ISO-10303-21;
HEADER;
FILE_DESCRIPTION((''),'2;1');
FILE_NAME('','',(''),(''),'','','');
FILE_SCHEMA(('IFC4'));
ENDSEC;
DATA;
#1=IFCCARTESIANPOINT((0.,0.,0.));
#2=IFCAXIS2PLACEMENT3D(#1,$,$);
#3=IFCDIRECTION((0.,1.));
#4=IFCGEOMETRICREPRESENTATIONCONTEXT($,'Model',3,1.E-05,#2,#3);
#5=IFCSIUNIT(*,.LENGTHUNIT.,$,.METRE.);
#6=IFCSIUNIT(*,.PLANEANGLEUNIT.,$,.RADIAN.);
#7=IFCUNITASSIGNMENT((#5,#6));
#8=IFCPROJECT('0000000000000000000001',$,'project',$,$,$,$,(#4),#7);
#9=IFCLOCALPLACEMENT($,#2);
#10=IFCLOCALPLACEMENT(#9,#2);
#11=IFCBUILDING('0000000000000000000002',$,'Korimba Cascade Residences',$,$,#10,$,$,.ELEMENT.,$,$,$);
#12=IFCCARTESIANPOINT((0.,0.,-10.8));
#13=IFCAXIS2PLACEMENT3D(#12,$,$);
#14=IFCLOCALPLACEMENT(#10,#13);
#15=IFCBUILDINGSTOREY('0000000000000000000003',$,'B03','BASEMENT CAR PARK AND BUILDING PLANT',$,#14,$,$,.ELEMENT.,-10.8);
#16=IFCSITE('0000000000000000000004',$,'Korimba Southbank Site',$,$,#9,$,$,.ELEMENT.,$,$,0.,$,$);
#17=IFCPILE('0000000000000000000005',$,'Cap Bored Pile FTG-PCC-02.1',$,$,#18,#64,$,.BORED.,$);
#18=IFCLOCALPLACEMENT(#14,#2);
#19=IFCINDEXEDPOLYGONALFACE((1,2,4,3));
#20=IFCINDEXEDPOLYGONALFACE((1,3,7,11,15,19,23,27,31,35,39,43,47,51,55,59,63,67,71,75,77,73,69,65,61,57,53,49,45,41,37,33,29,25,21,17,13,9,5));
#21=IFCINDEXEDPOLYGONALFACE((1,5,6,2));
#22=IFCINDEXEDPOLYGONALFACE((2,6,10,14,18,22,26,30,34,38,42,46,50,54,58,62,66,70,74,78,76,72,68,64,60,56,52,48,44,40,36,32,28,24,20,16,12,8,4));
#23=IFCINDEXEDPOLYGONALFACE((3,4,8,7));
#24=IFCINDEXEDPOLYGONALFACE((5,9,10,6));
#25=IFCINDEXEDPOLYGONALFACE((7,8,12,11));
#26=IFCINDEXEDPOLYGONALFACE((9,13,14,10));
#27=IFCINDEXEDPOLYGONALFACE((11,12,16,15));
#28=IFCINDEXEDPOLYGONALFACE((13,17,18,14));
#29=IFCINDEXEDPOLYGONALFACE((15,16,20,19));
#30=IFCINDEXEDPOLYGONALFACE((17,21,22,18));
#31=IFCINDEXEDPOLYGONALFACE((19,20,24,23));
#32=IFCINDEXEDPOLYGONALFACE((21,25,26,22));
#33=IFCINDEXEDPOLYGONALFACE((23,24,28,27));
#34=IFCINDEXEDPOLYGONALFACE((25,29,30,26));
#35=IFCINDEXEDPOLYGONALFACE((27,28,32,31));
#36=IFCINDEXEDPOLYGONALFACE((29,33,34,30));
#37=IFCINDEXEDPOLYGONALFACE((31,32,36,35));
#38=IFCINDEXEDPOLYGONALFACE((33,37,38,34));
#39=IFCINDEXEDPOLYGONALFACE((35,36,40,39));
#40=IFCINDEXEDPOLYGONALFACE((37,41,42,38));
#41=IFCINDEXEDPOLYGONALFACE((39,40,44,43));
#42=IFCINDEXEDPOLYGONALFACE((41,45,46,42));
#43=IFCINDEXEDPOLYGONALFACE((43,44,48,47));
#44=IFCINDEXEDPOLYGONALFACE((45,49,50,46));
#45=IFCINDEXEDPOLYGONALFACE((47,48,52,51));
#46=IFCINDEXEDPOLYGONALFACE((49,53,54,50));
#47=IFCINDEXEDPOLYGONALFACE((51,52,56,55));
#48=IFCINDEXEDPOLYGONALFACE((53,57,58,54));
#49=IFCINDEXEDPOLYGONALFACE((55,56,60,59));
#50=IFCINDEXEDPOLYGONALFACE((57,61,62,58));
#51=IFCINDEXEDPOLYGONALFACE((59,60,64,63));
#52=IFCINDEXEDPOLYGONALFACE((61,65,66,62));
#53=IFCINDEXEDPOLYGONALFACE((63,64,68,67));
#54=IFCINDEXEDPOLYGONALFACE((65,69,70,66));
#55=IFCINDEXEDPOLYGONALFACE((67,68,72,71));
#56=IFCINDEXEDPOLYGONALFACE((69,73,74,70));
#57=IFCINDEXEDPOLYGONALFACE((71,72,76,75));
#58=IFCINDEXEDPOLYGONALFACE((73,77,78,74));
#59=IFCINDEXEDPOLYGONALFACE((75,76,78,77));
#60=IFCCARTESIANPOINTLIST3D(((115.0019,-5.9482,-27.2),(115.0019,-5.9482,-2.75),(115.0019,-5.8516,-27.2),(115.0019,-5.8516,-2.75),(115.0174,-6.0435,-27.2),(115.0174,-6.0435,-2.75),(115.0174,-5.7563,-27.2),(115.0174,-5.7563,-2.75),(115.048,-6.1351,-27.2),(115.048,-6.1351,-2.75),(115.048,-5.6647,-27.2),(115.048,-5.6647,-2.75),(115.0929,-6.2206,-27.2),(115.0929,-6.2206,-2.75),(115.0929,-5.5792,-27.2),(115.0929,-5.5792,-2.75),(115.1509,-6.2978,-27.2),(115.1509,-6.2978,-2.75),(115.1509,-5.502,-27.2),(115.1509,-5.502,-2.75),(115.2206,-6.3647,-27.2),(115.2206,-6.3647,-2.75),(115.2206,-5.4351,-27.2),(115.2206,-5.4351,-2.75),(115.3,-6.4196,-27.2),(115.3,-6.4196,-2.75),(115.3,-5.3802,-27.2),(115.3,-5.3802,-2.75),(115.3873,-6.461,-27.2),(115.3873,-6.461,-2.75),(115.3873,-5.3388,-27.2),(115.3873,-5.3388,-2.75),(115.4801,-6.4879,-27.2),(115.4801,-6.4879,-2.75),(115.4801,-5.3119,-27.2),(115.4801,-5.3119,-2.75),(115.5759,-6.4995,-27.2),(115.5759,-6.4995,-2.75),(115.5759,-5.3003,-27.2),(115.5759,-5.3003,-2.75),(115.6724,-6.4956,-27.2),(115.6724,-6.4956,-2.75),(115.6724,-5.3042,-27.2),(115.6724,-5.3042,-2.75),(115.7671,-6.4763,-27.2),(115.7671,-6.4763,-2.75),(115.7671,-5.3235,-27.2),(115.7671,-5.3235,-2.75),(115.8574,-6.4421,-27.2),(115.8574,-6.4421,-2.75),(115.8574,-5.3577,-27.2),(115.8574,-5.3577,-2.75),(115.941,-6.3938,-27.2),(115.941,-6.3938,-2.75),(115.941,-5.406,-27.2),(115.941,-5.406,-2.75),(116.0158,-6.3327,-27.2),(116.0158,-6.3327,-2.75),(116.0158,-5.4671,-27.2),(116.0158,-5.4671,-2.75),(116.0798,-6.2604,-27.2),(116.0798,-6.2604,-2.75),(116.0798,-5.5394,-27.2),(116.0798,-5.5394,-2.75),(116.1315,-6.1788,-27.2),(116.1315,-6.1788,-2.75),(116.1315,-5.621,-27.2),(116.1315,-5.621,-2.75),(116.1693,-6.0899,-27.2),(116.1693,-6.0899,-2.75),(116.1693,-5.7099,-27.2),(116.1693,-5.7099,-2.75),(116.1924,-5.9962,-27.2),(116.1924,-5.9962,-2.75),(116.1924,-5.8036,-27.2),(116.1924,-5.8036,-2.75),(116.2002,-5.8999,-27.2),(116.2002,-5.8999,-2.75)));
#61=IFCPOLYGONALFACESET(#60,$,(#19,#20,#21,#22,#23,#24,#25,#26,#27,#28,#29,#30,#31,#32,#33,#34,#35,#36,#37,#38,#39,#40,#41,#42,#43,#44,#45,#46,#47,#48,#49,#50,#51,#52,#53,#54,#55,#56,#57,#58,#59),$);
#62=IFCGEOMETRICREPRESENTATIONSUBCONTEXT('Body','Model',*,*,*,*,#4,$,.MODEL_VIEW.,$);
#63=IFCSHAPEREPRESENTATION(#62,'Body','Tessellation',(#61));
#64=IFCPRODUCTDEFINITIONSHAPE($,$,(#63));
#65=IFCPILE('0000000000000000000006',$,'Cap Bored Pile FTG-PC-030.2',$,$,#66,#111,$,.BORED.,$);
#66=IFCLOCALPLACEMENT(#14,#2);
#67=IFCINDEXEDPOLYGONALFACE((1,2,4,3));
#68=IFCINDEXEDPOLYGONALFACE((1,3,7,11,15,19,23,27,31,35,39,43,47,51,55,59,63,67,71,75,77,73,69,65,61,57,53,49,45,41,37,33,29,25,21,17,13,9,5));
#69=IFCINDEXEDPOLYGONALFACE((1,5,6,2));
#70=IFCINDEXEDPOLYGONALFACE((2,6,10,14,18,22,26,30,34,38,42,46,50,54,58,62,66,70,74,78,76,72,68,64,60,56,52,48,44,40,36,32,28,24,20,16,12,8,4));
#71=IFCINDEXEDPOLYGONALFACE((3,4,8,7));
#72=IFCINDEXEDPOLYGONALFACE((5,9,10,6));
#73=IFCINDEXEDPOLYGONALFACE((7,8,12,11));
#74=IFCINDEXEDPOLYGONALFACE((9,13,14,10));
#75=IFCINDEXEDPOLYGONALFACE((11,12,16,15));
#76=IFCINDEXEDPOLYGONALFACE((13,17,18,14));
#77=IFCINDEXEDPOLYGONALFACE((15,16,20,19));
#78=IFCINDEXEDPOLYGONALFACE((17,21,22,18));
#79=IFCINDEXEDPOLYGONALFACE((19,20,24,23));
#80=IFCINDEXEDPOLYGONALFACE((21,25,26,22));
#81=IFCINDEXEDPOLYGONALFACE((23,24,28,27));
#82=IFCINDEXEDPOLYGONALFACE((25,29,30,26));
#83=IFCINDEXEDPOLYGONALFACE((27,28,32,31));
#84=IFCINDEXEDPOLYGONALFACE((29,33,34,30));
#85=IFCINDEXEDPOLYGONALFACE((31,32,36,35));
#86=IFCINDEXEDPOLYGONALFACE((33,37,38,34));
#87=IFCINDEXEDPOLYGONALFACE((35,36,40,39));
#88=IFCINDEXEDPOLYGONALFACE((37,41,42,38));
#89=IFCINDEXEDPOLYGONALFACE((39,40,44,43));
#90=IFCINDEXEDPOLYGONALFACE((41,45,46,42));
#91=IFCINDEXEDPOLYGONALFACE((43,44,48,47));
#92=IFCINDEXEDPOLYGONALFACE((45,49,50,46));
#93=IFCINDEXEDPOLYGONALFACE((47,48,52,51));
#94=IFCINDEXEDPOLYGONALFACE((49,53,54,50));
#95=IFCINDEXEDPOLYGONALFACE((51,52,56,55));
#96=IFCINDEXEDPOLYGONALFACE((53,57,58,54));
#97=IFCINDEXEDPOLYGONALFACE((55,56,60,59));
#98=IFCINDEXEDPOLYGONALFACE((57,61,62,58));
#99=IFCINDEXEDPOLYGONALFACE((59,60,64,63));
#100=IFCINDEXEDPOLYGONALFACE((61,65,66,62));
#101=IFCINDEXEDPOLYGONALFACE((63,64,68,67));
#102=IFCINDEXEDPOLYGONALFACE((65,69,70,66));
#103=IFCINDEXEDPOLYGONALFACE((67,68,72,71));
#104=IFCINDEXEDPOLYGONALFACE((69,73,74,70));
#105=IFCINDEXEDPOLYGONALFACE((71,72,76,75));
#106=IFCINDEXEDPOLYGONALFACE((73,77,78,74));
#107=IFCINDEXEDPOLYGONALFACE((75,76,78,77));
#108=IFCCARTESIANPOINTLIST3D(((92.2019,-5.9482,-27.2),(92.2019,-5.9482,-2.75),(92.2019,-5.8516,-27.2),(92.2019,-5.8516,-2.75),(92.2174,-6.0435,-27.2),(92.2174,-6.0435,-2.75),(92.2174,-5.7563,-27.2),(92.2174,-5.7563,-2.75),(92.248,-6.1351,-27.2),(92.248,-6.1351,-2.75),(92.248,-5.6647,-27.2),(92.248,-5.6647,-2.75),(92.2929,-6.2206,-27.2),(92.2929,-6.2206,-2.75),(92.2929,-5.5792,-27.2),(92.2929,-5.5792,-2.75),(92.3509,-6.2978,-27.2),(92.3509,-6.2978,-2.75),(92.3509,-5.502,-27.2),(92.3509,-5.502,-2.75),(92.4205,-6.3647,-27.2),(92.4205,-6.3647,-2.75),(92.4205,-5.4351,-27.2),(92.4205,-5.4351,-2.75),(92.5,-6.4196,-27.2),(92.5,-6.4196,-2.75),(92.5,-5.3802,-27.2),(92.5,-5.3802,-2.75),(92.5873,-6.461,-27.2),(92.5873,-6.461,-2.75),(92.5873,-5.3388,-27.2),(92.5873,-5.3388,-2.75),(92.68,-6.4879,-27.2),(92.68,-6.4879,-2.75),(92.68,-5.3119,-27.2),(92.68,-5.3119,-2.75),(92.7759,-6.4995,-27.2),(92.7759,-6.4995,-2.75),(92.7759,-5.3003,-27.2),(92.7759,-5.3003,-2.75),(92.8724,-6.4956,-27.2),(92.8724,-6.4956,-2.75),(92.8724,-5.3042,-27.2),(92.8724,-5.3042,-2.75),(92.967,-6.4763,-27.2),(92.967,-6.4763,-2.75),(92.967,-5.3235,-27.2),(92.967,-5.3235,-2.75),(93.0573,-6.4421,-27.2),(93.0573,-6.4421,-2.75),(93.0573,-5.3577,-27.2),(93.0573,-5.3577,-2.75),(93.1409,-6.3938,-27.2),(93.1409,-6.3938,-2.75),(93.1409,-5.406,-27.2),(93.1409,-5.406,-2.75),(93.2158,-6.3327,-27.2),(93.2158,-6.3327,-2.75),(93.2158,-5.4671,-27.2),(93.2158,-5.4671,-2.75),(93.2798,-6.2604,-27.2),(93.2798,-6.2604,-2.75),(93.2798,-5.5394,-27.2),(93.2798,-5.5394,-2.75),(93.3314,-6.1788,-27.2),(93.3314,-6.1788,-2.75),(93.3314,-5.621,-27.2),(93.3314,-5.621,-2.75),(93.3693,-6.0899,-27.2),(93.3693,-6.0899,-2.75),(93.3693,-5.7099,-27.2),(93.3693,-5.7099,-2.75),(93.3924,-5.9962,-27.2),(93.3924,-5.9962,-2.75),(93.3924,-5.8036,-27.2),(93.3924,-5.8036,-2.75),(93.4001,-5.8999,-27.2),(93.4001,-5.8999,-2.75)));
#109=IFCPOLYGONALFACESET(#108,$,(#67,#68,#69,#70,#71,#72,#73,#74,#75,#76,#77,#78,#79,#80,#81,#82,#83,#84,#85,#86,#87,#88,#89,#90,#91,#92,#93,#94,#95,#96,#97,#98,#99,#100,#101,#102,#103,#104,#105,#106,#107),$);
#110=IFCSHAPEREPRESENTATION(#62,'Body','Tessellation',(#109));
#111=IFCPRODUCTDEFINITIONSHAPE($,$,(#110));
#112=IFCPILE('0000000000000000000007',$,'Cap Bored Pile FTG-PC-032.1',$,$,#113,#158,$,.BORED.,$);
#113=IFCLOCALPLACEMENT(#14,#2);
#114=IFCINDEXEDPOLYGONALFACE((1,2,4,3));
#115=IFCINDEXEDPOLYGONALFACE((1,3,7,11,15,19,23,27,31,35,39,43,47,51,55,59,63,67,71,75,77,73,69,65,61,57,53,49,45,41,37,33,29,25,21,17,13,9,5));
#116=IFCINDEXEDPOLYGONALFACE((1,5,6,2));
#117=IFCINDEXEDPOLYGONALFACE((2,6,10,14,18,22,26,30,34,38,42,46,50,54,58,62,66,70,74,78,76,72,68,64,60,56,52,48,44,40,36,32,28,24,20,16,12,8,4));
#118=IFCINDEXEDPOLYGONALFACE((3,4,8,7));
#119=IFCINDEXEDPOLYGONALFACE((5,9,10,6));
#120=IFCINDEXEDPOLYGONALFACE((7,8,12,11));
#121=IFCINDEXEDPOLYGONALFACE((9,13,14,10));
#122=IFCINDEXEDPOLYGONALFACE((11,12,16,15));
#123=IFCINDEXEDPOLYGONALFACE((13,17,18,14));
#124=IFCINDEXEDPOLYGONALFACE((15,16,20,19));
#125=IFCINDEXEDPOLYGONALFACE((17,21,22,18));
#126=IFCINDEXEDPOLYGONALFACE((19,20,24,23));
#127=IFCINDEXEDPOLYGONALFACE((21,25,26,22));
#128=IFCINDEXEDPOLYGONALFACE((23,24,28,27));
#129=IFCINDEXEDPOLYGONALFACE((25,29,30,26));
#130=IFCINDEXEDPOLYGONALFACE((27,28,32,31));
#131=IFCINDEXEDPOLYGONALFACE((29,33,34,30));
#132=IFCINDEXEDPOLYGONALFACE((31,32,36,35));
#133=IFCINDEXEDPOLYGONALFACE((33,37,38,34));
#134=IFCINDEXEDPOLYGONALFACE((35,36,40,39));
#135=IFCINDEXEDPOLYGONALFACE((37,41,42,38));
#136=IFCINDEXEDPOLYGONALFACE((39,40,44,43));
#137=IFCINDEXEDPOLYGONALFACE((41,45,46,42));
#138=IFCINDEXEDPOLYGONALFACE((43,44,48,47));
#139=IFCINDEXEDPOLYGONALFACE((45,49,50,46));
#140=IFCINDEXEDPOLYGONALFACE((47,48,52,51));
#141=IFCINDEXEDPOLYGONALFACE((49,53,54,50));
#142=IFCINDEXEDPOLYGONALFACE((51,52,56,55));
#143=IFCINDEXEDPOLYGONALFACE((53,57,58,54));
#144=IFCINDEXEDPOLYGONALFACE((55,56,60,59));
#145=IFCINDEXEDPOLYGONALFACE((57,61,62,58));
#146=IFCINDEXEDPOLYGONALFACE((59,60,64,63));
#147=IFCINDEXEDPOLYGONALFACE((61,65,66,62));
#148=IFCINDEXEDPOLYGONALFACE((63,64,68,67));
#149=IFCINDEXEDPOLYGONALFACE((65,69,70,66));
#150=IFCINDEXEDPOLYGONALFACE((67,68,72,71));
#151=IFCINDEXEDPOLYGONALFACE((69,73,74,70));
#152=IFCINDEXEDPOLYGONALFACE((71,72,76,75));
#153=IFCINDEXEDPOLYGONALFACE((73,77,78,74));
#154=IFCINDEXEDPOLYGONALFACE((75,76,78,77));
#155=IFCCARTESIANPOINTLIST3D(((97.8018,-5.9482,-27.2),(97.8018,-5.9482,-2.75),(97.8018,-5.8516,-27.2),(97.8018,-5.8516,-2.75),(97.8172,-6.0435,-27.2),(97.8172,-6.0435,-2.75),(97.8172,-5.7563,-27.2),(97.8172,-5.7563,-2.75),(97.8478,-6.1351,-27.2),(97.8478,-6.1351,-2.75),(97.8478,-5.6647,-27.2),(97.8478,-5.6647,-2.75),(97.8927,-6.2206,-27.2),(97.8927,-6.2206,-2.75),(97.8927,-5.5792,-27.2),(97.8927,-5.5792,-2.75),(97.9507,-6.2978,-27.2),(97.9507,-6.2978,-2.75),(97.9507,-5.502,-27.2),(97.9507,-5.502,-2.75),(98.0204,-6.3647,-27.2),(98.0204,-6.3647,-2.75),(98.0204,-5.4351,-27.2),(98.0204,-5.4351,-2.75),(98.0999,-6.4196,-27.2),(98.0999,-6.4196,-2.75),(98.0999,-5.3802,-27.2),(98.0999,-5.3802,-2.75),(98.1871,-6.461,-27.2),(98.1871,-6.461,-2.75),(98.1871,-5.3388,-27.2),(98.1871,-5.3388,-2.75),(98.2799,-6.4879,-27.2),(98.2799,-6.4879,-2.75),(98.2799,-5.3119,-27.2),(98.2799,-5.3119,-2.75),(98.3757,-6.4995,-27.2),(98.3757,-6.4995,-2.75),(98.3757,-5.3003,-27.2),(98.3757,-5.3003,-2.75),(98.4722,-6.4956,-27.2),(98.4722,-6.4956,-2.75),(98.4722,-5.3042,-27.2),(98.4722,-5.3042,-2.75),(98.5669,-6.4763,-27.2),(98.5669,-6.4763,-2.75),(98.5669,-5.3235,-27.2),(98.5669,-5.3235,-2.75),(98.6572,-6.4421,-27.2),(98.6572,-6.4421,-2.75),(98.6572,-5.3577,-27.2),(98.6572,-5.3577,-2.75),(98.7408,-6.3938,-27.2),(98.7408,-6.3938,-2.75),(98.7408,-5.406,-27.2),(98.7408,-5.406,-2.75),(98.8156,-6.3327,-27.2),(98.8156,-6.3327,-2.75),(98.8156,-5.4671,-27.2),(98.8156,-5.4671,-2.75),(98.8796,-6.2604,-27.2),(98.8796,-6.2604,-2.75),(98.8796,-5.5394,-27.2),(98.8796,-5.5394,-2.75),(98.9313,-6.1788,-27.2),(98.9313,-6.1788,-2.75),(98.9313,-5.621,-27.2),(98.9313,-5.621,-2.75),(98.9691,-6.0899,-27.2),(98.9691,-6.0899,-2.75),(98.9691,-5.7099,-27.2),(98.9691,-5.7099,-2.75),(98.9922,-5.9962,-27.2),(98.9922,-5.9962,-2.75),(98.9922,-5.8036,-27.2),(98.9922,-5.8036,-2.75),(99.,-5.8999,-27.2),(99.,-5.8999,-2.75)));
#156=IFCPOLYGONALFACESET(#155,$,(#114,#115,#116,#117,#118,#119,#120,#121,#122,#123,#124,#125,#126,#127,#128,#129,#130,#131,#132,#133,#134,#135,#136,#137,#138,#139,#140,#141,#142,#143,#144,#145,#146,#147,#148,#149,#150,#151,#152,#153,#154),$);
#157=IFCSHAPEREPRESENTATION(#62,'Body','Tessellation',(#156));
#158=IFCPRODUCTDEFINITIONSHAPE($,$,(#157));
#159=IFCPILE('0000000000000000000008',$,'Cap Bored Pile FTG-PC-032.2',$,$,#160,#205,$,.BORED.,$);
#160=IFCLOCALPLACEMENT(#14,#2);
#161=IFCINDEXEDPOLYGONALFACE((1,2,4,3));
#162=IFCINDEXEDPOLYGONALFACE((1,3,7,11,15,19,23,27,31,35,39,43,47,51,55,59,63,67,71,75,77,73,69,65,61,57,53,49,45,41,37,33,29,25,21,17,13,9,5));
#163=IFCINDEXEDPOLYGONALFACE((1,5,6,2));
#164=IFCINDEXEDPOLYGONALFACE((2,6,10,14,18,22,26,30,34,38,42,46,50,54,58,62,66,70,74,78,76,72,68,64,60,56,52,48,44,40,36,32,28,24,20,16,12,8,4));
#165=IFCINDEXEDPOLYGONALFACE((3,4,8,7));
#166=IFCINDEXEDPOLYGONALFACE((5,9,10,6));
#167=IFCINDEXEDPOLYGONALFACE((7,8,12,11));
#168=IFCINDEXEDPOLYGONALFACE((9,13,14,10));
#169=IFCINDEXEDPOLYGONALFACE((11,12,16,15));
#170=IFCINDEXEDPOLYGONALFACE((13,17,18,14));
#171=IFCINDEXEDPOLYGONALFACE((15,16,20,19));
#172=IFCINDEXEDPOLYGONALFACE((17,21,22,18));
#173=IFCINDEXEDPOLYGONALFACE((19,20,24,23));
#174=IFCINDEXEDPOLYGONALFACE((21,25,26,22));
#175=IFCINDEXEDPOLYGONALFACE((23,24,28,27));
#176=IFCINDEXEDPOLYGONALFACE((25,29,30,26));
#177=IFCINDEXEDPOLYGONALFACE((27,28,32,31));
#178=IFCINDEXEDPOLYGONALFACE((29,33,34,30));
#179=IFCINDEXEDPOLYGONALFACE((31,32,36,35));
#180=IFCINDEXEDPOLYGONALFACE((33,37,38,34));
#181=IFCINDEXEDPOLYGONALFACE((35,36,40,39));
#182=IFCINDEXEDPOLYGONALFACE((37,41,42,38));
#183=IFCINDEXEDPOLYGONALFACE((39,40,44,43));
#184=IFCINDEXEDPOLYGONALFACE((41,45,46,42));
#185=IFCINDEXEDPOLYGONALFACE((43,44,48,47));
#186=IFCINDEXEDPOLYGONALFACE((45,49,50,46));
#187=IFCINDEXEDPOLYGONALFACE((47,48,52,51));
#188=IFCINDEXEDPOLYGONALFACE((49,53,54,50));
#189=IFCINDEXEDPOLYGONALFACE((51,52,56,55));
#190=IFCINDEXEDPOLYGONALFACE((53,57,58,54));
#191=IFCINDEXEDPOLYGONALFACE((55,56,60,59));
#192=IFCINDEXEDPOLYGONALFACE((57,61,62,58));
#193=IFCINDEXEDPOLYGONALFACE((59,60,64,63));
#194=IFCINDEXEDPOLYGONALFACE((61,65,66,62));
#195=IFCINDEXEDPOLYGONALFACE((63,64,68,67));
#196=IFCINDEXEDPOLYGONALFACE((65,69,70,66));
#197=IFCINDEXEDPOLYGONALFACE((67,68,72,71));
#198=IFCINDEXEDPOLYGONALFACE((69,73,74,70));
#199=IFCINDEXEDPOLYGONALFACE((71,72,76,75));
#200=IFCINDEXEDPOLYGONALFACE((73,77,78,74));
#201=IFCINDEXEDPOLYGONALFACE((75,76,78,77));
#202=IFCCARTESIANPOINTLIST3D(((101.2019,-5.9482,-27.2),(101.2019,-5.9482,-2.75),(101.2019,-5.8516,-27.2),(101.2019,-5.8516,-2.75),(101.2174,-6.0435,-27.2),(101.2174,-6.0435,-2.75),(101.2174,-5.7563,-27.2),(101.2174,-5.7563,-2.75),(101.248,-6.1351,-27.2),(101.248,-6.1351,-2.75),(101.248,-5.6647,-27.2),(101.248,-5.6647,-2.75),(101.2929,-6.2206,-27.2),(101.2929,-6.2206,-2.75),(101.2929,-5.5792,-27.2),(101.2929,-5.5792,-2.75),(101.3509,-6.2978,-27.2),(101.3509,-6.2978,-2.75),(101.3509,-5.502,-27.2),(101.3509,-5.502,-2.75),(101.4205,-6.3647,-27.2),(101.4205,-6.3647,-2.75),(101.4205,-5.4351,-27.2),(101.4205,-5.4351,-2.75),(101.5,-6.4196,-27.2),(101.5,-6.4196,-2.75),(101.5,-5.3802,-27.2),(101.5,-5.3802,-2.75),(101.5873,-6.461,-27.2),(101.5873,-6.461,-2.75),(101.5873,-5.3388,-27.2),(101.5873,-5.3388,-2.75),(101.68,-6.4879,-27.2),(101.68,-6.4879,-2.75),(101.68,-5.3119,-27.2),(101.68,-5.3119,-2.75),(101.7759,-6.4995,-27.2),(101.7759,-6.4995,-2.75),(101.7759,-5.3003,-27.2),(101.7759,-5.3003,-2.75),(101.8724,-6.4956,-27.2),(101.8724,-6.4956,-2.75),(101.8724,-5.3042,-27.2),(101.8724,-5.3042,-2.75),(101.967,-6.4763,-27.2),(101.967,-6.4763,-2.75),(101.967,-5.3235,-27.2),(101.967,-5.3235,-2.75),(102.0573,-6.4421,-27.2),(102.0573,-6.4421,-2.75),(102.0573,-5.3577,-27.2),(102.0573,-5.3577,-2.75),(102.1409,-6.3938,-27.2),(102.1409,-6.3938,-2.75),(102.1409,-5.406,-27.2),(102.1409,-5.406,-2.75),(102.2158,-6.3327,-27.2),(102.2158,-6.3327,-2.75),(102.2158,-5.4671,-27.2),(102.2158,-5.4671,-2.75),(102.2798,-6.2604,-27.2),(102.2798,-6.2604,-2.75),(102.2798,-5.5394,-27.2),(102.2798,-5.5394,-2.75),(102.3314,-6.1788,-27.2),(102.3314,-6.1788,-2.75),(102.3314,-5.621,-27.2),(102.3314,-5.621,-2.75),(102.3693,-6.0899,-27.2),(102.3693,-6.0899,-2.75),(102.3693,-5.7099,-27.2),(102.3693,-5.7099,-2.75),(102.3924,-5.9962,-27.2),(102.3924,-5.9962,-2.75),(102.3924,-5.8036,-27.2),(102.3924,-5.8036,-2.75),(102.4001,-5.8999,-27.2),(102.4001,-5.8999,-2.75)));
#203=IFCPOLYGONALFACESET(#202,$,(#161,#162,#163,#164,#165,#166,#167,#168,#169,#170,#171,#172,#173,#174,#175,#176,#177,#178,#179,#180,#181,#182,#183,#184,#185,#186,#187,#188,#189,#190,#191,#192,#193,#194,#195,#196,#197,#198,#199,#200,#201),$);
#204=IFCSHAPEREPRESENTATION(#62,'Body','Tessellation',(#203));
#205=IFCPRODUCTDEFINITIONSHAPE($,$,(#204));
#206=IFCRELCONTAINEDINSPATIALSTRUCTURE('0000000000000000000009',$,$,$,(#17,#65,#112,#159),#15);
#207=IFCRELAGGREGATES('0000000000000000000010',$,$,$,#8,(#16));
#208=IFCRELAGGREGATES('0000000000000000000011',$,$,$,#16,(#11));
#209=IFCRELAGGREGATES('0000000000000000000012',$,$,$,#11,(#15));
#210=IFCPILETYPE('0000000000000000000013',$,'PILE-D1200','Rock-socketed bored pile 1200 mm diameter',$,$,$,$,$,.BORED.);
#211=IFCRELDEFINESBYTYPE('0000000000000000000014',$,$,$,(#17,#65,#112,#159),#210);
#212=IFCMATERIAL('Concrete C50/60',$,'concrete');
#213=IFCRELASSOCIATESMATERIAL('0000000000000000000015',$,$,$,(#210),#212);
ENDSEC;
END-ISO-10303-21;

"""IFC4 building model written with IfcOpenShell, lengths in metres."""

from ifc_helpers import new_model, si_unit, direction, frame, origin, origin_2d, place, context, subcontext, project, spatial, circle, extrude, material, material_profile, profile_set, type_object, element, save


model = new_model("IFC4")

# Units and contexts
model_context = context("Model", 3, precision=1e-05, world=origin(), true_north=direction((0.0, 1.0)))
body_context = subcontext(model_context, "Body", "Model", "MODEL_VIEW")
ifc_project = project(units=[si_unit("LENGTHUNIT", "METRE"), si_unit("PLANEANGLEUNIT", "RADIAN")], contexts=[model_context])

# Site, building, storey
site_placement = place(None, origin())
site = spatial("IfcSite", under=ifc_project, at=site_placement, Name="Korimba Southbank Site", CompositionType="ELEMENT", RefElevation=0.0)
building_placement = place(site_placement, origin())
building = spatial("IfcBuilding", under=site, at=building_placement, Name="Korimba Cascade Residences", CompositionType="ELEMENT")
storey_placement = place(building_placement, frame((0.0, 0.0, -10.8)))
storey = spatial("IfcBuildingStorey", under=building, at=storey_placement, Name="B03", Description="BASEMENT CAR PARK AND BUILDING PLANT", CompositionType="ELEMENT", Elevation=-10.8)

# Piles
ifc_material_1 = material(Name="Concrete C50/60", Category="concrete")
ifc_material_profile_1 = material_profile(ifc_material_1, circle(Radius=0.6001, at=origin_2d()), Name="Concrete C50/60")
ifc_profile_set_1 = profile_set([ifc_material_profile_1], Name="Concrete C50/60")
pile_type = type_object("IfcPileType", Name="PILE-D1200", Description="Rock-socketed bored pile 1200 mm diameter", PredefinedType="BORED", material=ifc_profile_set_1)
for number, where, z_axis, x_axis, name in (
    (1, (115.6001, -5.8999, -2.75), (0.0, 0.0, -1.0), (1.0, 0.0, 0.0), "Cap Bored Pile FTG-PCC-02.1"),
    (2, (92.8, -5.8999, -2.75), (0.0, 0.0, -1.0), (1.0, 0.0, 0.0), "Cap Bored Pile FTG-PC-030.2"),
    (3, (98.3999, -5.8999, -2.75), (0.0, 0.0, -1.0), (1.0, 0.0, 0.0), "Cap Bored Pile FTG-PC-032.1"),
    (4, (101.8, -5.8999, -2.75), (0.0, 0.0, -1.0), (1.0, 0.0, 0.0), "Cap Bored Pile FTG-PC-032.2"),
):
    element("IfcPile", number, at=place(storey_placement, frame(where, z_axis=z_axis, x_axis=x_axis)), inside=storey, type_object=pile_type, Name=name, PredefinedType="BORED", context=body_context, shape_type="SweptSolid", body=[
        extrude(circle(Radius=0.6001, at=origin_2d()), origin(), (0.0, 0.0, 1.0), 24.45),
    ])

save(model, "model.ifc")
